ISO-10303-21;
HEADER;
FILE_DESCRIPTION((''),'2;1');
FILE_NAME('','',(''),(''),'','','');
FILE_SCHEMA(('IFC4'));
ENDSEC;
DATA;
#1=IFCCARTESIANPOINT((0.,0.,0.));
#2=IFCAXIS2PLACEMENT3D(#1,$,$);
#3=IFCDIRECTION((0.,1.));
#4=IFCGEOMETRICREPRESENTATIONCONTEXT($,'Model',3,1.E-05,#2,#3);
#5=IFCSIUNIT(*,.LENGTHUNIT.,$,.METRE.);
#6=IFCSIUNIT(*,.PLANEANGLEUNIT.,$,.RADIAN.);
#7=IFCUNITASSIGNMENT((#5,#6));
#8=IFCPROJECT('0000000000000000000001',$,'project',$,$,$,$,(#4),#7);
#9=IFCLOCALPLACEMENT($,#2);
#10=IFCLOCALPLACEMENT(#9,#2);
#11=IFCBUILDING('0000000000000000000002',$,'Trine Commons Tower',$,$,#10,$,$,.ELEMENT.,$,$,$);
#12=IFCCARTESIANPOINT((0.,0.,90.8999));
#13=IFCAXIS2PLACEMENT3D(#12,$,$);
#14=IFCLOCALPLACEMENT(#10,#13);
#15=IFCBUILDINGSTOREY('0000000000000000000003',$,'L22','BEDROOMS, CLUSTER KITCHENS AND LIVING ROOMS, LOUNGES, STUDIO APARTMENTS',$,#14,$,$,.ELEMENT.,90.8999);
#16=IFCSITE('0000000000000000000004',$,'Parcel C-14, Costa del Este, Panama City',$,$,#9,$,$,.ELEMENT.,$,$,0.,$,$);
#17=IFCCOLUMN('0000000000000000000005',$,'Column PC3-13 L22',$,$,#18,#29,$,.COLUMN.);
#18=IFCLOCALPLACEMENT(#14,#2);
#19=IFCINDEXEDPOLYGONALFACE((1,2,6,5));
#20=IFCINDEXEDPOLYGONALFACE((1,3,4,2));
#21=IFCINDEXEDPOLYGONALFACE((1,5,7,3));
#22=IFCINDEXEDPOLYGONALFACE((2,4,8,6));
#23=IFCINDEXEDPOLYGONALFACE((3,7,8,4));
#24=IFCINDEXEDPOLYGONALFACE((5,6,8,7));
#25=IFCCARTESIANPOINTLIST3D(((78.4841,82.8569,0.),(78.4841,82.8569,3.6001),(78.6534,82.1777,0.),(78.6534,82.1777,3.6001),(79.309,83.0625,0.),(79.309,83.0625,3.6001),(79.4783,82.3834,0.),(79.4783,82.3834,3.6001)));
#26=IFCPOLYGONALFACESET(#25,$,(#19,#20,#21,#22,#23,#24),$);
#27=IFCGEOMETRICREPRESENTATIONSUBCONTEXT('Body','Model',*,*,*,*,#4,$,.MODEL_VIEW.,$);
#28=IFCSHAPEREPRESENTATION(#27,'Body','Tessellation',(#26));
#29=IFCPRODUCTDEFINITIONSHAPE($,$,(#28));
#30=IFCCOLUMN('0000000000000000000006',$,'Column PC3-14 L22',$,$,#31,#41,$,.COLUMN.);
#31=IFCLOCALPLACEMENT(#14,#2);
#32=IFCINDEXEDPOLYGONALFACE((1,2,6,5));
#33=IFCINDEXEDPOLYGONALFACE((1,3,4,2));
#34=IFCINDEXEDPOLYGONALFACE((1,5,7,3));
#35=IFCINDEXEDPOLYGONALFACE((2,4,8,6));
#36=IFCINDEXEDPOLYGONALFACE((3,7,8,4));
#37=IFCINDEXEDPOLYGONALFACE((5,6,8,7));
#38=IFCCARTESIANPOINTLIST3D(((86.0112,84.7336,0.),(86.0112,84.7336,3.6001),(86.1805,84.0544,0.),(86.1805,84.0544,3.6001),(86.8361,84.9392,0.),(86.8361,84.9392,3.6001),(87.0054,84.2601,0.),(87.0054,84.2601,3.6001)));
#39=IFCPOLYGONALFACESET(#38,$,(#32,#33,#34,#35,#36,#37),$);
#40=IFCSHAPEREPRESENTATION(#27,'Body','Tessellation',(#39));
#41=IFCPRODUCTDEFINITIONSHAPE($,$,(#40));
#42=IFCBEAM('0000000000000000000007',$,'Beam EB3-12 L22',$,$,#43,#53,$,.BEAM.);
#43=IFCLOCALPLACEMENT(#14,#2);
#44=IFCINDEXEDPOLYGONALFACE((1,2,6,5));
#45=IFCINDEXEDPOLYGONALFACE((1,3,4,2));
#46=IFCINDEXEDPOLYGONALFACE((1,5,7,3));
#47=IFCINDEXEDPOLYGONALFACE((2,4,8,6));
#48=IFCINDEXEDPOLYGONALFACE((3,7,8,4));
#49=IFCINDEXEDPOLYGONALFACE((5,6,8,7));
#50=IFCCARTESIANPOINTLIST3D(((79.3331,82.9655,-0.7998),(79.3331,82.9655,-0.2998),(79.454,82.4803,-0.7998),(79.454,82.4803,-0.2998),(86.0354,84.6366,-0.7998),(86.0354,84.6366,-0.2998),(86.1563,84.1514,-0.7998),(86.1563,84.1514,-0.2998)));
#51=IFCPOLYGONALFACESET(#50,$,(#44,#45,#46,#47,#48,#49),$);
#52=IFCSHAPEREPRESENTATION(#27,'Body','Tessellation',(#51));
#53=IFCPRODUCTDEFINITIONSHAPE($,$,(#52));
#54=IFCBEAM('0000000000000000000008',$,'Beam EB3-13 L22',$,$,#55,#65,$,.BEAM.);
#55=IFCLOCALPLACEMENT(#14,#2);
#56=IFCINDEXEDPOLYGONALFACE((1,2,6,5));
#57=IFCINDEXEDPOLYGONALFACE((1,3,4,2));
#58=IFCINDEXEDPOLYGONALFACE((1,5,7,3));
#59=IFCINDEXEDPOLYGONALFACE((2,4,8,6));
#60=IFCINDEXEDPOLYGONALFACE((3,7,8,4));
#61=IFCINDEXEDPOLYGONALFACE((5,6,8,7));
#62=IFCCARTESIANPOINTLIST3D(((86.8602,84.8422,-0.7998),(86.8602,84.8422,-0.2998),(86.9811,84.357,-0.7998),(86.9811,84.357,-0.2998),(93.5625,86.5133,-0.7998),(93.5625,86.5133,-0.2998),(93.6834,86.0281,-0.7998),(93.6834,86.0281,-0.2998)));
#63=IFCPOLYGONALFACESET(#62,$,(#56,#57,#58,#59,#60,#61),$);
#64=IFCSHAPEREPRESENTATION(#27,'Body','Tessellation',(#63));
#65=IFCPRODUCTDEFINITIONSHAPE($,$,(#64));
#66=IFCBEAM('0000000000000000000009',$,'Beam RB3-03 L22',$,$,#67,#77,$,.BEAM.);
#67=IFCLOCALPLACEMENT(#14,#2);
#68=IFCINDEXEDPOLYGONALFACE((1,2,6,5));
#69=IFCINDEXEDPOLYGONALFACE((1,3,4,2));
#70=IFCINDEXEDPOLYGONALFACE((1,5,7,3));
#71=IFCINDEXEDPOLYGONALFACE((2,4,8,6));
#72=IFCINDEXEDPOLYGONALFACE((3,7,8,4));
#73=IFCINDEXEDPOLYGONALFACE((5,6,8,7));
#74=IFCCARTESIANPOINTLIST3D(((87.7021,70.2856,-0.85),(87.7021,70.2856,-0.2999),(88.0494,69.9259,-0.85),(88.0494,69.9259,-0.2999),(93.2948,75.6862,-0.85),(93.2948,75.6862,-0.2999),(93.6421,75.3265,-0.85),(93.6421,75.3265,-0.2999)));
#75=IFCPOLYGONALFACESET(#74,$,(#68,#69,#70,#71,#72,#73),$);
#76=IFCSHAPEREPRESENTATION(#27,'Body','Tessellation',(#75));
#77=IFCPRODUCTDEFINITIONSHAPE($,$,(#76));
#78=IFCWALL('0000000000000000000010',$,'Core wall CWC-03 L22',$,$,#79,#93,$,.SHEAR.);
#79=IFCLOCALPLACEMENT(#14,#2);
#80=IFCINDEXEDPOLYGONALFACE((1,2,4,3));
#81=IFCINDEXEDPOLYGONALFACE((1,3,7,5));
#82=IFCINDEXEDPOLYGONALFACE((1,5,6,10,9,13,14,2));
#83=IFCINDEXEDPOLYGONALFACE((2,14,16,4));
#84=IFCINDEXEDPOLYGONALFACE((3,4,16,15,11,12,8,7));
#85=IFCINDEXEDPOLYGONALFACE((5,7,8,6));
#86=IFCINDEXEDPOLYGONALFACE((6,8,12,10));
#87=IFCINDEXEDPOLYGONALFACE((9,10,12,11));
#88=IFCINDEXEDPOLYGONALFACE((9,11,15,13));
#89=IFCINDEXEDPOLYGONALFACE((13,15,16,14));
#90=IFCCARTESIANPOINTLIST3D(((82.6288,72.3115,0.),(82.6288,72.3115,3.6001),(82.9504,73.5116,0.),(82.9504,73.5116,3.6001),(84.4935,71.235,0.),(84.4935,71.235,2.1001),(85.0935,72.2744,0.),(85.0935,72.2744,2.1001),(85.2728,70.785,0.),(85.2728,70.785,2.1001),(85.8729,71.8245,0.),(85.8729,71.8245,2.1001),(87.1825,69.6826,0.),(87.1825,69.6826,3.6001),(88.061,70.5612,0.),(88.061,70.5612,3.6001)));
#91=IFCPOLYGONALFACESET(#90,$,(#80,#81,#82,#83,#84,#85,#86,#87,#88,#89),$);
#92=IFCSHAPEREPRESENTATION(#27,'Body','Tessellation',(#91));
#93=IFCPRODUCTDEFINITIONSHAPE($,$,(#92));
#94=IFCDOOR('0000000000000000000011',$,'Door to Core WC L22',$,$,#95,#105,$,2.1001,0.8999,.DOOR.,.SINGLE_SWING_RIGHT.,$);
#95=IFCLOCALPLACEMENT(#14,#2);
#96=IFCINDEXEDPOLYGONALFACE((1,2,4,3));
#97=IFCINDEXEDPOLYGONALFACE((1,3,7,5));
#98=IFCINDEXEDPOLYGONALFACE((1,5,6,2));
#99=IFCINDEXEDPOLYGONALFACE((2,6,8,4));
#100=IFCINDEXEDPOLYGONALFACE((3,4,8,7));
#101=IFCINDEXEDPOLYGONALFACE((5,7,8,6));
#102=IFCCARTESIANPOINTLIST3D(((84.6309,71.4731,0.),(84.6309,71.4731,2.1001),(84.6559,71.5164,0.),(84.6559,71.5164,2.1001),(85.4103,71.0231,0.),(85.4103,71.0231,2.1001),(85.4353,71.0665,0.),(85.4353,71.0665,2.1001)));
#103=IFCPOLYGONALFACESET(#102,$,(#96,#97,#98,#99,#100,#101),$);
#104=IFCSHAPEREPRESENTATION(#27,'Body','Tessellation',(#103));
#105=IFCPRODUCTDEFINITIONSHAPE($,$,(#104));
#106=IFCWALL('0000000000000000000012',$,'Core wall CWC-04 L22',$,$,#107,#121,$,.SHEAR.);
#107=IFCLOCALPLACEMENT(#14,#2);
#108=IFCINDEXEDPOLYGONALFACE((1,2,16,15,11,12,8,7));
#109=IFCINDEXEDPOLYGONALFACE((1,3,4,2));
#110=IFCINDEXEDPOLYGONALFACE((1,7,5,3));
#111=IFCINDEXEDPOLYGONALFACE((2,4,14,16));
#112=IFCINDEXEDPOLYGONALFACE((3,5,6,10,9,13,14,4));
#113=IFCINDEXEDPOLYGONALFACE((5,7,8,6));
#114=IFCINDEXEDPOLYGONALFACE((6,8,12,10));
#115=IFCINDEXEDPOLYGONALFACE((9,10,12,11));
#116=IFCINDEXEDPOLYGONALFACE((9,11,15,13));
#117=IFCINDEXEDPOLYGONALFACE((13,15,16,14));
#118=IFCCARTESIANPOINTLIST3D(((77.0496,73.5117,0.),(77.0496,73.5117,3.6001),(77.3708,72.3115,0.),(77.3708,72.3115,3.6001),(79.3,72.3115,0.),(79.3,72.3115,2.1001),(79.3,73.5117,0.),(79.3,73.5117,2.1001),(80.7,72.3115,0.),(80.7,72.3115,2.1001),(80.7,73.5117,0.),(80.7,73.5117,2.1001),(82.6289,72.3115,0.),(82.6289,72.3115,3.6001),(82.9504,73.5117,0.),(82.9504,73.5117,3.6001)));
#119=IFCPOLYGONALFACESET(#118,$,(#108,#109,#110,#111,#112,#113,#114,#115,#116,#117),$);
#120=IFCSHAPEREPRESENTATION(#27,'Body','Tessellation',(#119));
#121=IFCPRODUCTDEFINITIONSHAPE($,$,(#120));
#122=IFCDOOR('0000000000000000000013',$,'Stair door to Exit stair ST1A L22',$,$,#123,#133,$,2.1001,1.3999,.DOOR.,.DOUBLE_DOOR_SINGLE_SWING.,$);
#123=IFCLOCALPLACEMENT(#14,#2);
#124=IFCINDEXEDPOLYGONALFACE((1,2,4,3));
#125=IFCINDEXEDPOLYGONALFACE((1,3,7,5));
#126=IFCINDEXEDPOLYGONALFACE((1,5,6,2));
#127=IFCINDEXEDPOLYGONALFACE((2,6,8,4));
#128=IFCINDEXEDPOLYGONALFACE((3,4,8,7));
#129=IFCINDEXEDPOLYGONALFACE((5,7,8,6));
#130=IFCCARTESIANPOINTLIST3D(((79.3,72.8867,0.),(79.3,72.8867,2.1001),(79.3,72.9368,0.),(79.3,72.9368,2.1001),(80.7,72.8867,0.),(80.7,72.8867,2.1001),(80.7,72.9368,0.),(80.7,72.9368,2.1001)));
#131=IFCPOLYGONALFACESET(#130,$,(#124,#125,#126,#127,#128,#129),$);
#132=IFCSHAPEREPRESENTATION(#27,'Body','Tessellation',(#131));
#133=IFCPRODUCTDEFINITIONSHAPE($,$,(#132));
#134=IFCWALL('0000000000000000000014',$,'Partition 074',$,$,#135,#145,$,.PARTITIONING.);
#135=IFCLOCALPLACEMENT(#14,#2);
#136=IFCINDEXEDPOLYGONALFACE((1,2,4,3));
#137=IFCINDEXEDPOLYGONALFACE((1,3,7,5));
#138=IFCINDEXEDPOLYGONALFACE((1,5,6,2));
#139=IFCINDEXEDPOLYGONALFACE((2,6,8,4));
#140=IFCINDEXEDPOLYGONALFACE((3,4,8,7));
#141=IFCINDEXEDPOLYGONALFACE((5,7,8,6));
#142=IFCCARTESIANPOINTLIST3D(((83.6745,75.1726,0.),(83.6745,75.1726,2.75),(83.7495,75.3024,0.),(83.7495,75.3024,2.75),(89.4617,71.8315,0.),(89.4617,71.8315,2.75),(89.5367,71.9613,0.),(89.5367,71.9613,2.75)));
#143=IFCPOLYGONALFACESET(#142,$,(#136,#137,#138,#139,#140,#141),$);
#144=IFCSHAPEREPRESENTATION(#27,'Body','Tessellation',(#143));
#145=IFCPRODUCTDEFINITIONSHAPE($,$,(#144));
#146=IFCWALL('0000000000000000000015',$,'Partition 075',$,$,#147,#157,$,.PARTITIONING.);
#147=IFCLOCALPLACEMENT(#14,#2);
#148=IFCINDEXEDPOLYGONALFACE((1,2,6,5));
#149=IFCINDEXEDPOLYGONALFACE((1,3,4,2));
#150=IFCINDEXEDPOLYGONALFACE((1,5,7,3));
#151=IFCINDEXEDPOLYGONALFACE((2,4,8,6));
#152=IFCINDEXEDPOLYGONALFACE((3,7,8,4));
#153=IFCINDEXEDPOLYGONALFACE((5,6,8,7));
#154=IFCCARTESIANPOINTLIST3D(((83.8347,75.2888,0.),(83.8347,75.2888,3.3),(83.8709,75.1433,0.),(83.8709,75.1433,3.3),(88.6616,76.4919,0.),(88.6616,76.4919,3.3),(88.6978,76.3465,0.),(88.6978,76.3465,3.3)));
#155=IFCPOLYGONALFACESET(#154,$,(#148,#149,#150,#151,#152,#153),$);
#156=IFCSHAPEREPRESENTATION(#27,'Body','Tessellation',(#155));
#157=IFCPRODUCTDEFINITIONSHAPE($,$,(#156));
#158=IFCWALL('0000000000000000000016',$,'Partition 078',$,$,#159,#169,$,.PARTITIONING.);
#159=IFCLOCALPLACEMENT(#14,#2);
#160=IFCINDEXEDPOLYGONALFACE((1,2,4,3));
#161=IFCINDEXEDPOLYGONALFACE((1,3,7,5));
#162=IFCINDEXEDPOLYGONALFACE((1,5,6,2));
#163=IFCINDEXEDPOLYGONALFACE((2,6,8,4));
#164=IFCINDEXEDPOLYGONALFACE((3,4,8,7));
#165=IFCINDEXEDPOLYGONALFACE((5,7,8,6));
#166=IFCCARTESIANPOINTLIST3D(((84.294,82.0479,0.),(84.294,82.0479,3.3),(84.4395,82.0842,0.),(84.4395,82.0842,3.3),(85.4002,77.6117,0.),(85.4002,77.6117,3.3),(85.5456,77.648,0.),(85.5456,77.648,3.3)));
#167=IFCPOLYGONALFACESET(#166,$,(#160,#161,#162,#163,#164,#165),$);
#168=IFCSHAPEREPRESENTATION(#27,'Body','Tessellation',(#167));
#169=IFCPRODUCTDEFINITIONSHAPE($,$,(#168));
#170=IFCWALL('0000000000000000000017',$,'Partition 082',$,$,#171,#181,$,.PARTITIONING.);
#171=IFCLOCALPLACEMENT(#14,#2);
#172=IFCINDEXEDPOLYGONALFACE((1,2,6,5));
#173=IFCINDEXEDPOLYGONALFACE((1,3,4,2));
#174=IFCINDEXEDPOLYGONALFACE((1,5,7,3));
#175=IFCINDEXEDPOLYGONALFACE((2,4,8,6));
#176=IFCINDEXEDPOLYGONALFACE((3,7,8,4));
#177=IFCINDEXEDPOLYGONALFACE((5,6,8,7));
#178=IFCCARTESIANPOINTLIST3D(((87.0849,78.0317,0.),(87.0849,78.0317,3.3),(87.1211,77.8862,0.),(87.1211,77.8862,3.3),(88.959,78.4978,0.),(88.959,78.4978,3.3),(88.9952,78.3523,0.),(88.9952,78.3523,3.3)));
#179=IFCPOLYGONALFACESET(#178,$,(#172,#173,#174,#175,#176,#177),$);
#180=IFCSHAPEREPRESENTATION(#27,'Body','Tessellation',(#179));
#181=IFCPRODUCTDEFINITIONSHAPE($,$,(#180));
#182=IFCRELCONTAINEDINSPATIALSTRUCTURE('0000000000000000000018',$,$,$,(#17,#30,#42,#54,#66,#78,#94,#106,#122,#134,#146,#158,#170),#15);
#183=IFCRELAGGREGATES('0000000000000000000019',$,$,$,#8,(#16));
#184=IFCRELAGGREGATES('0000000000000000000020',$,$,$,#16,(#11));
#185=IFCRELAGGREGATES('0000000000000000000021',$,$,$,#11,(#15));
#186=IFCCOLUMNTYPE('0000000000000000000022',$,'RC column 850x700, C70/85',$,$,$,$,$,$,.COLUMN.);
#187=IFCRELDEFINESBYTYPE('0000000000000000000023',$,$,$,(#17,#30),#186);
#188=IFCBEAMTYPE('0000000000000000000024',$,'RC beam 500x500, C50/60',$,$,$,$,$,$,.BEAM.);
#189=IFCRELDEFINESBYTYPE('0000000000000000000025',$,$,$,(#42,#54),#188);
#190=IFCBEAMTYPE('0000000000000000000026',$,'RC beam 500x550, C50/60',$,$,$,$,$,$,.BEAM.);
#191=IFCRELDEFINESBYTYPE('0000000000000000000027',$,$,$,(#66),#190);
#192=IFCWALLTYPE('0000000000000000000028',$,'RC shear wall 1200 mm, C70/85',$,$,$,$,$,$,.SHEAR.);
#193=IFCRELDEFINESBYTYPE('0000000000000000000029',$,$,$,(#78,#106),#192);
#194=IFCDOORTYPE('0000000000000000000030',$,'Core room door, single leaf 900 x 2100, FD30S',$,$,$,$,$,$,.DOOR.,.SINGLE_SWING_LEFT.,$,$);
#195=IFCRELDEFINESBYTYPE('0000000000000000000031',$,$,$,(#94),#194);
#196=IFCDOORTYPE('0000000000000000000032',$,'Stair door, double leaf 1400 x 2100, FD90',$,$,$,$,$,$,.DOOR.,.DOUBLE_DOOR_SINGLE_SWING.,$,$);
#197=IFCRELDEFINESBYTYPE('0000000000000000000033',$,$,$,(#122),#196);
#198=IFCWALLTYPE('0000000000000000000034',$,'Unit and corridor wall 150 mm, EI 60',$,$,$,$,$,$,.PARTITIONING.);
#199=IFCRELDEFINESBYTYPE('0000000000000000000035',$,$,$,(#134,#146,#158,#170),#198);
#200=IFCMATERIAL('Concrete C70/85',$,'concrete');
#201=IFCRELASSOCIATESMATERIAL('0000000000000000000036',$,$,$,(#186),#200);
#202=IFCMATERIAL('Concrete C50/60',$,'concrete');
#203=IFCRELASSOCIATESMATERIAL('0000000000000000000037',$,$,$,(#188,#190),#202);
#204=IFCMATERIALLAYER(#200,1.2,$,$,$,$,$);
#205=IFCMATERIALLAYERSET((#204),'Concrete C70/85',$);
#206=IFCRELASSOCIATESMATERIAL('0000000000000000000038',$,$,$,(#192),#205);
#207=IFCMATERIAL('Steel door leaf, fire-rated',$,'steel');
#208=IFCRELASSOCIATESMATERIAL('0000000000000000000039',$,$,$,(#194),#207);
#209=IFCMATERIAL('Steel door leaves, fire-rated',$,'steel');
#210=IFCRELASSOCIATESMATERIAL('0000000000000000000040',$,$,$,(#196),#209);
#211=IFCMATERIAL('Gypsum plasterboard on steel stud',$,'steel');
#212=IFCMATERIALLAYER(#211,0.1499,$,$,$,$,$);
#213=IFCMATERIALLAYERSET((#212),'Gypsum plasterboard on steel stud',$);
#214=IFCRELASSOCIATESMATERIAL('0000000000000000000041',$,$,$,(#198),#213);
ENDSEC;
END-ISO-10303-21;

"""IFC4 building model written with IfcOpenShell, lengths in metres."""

from ifc_helpers import new_model, si_unit, direction, frame, frame_2d, origin, origin_2d, place, context, subcontext, project, spatial, polyline, rectangle, outline, extrude, material, layer, layer_set, material_profile, profile_set, type_object, element, fill, save


model = new_model("IFC4")

# Units and contexts
model_context = context("Model", 3, precision=1e-05, world=origin(), true_north=direction((0.0, 1.0)))
body_context = subcontext(model_context, "Body", "Model", "MODEL_VIEW")
ifc_project = project(units=[si_unit("LENGTHUNIT", "METRE"), si_unit("PLANEANGLEUNIT", "RADIAN")], contexts=[model_context])

# Site, building, storey
site_placement = place(None, origin())
site = spatial("IfcSite", under=ifc_project, at=site_placement, Name="Parcel C-14, Costa del Este, Panama City", CompositionType="ELEMENT", RefElevation=0.0)
building_placement = place(site_placement, origin())
building = spatial("IfcBuilding", under=site, at=building_placement, Name="Trine Commons Tower", CompositionType="ELEMENT")
storey_placement = place(building_placement, frame((0.0, 0.0, 90.8999)))
storey = spatial("IfcBuildingStorey", under=building, at=storey_placement, Name="L22", Description="BEDROOMS, CLUSTER KITCHENS AND LIVING ROOMS, LOUNGES, STUDIO APARTMENTS", CompositionType="ELEMENT", Elevation=90.8999)

# Columns
ifc_material_1 = material(Name="Concrete C70/85", Category="concrete")
ifc_material_profile_1 = material_profile(ifc_material_1, rectangle(XDim=0.8501, YDim=0.7, at=origin_2d()), Name="RC 850x700")
ifc_profile_set_1 = profile_set([ifc_material_profile_1], Name="Concrete C70/85")
column_type = type_object("IfcColumnType", Name="RC column 850x700, C70/85", PredefinedType="COLUMN", material=ifc_profile_set_1)
for number, where, z_axis, x_axis, name in (
    (1, (78.9812, 82.6201, 0.0), (0.0, 0.0, 1.0), (0.970296, 0.241922, 0.0), "Column PC3-13 L22"),
    (2, (86.5083, 84.4968, 0.0), (0.0, 0.0, 1.0), (0.970296, 0.241922, 0.0), "Column PC3-14 L22"),
):
    element("IfcColumn", number, at=place(storey_placement, frame(where, z_axis=z_axis, x_axis=x_axis)), inside=storey, type_object=column_type, Name=name, PredefinedType="COLUMN", context=body_context, shape_type="SweptSolid", body=[
        extrude(rectangle(XDim=0.8501, YDim=0.7, at=origin_2d()), origin(), (0.0, 0.0, 1.0), 3.6001),
    ])

# Beams
ifc_material_2 = material(Name="Concrete C50/60", Category="concrete")
ifc_material_profile_2 = material_profile(ifc_material_2, rectangle(XDim=0.5, YDim=0.5, at=origin_2d()), Name="RC 500x500")
ifc_profile_set_2 = profile_set([ifc_material_profile_2], Name="Concrete C50/60")
beam_type_1 = type_object("IfcBeamType", Name="RC beam 500x500, C50/60", PredefinedType="BEAM", material=ifc_profile_set_2)
for number, where, z_axis, x_axis, name in (
    (3, (79.3936, 82.7229, -0.5498), (0.970294, 0.241928, 0.0), (-0.241928, 0.970294, 0.0), "Beam EB3-12 L22"),
    (4, (86.9207, 84.5996, -0.5498), (0.970294, 0.241928, 0.0), (-0.241928, 0.970294, 0.0), "Beam EB3-13 L22"),
):
    element("IfcBeam", number, at=place(storey_placement, frame(where, z_axis=z_axis, x_axis=x_axis)), inside=storey, type_object=beam_type_1, Name=name, PredefinedType="BEAM", context=body_context, shape_type="SweptSolid", body=[
        extrude(rectangle(XDim=0.5, YDim=0.5, at=origin_2d()), origin(), (0.0, 0.0, 1.0), 6.9075),
    ])
ifc_material_profile_3 = material_profile(ifc_material_2, rectangle(XDim=0.5, YDim=0.55, at=origin_2d()), Name="RC 500x550")
ifc_profile_set_3 = profile_set([ifc_material_profile_3], Name="Concrete C50/60")
beam_type_2 = type_object("IfcBeamType", Name="RC beam 500x550, C50/60", PredefinedType="BEAM", material=ifc_profile_set_3)
beam_placement = place(storey_placement, frame((87.8757, 70.1057, -0.575), z_axis=(0.719355, 0.694642, 0.0), x_axis=(-0.694642, 0.719355, 0.0)))
element("IfcBeam", 5, at=beam_placement, inside=storey, type_object=beam_type_2, Name="Beam RB3-03 L22", PredefinedType="BEAM", context=body_context, shape_type="SweptSolid", body=[
    extrude(rectangle(XDim=0.5, YDim=0.55, at=origin_2d()), origin(), (0.0, 0.0, 1.0), 7.7747),
])

# Walls, openings, doors
ifc_layer_1 = layer(ifc_material_1, 1.2)
ifc_layer_set_1 = layer_set([ifc_layer_1], Name="Concrete C70/85")
wall_type_1 = type_object("IfcWallType", Name="RC shear wall 1200 mm, C70/85", PredefinedType="SHEAR", material=ifc_layer_set_1)
wall_1_placement = place(storey_placement, frame((87.761, 70.0415, 0.0), z_axis=(0.0, 0.0, 1.0), x_axis=(-0.866037, 0.499979, 0.0)))
wall_1 = element("IfcWall", 6, at=wall_1_placement, inside=storey, type_object=wall_type_1, Name="Core wall CWC-03 L22", PredefinedType="SHEAR", context=body_context, shape_type="SweptSolid", body=[
    extrude(outline(polyline([(0.0, -0.6001), (5.9011, -0.6001), (5.5796, 0.6001), (0.3215, 0.6001), (0.0, -0.6001)])), origin(), (0.0, 0.0, 1.0), 3.6001),
])
opening_1_placement = place(wall_1_placement, frame((2.5266, 0.0, 0.0)))
opening_1 = element("IfcOpeningElement", 7, at=opening_1_placement, cuts=wall_1, PredefinedType="OPENING", context=body_context, shape_type="SweptSolid", body=[
    extrude(rectangle(XDim=0.8999, YDim=2.1001, at=frame_2d((0.45, 1.05))), frame((0.0, 0.6099, 0.0), z_axis=(0.0, -1.0, 0.0), x_axis=(1.0, 0.0, 0.0)), (0.0, 0.0, 1.0), 1.22),
])
ifc_material_3 = material(Name="Steel door leaf, fire-rated", Category="steel")
door_type_1 = type_object("IfcDoorType", Name="Core room door, single leaf 900 x 2100, FD30S", OperationType="SINGLE_SWING_LEFT", PredefinedType="DOOR", material=ifc_material_3)
door_1_placement = place(opening_1_placement, origin())
door_1 = element("IfcDoor", 8, at=door_1_placement, inside=storey, type_object=door_type_1, Name="Door to Core WC L22", OperationType="SINGLE_SWING_RIGHT", OverallHeight=2.1001, OverallWidth=0.8999, PredefinedType="DOOR", context=body_context, shape_type="SweptSolid", body=[
    extrude(rectangle(XDim=0.8999, YDim=2.1001, at=frame_2d((0.45, 1.05))), frame((0.0, 0.3252, 0.0), z_axis=(0.0, -1.0, 0.0), x_axis=(1.0, 0.0, 0.0)), (0.0, 0.0, 1.0), 0.05),
])
fill(opening_1, door_1)
wall_2_placement = place(storey_placement, frame((82.9504, 72.9116, 0.0), z_axis=(0.0, 0.0, 1.0), x_axis=(-1.0, 0.0, 0.0)))
wall_2 = element("IfcWall", 9, at=wall_2_placement, inside=storey, type_object=wall_type_1, Name="Core wall CWC-04 L22", PredefinedType="SHEAR", context=body_context, shape_type="SweptSolid", body=[
    extrude(outline(polyline([(0.0, -0.6001), (5.9009, -0.6001), (5.5796, 0.6001), (0.3215, 0.6001), (0.0, -0.6001)])), origin(), (0.0, 0.0, 1.0), 3.6001),
])
opening_2_placement = place(wall_2_placement, frame((2.2505, 0.0, 0.0)))
opening_2 = element("IfcOpeningElement", 10, at=opening_2_placement, cuts=wall_2, PredefinedType="OPENING", context=body_context, shape_type="SweptSolid", body=[
    extrude(rectangle(XDim=1.3999, YDim=2.1001, at=frame_2d((0.7, 1.05))), frame((0.0, 0.6099, 0.0), z_axis=(0.0, -1.0, 0.0), x_axis=(1.0, 0.0, 0.0)), (0.0, 0.0, 1.0), 1.22),
])
ifc_material_4 = material(Name="Steel door leaves, fire-rated", Category="steel")
door_type_2 = type_object("IfcDoorType", Name="Stair door, double leaf 1400 x 2100, FD90", OperationType="DOUBLE_DOOR_SINGLE_SWING", PredefinedType="DOOR", material=ifc_material_4)
door_2_placement = place(opening_2_placement, origin())
door_2 = element("IfcDoor", 11, at=door_2_placement, inside=storey, type_object=door_type_2, Name="Stair door to Exit stair ST1A L22", OperationType="DOUBLE_DOOR_SINGLE_SWING", OverallHeight=2.1001, OverallWidth=1.3999, PredefinedType="DOOR", context=body_context, shape_type="SweptSolid", body=[
    extrude(rectangle(XDim=1.3999, YDim=2.1001, at=frame_2d((0.7, 1.05))), frame((0.0, 0.0249, 0.0), z_axis=(0.0, -1.0, 0.0), x_axis=(1.0, 0.0, 0.0)), (0.0, 0.0, 1.0), 0.05),
])
fill(opening_2, door_2)

# Walls
ifc_material_5 = material(Name="Gypsum plasterboard on steel stud", Category="steel")
ifc_layer_2 = layer(ifc_material_5, 0.1499)
ifc_layer_set_2 = layer_set([ifc_layer_2], Name="Gypsum plasterboard on steel stud")
wall_type_2 = type_object("IfcWallType", Name="Unit and corridor wall 150 mm, EI 60", PredefinedType="PARTITIONING", material=ifc_layer_set_2)
wall_3_placement = place(storey_placement, frame((83.7119, 75.2375, 0.0), z_axis=(0.0, 0.0, 1.0), x_axis=(0.866033, -0.499986, 0.0)))
element("IfcWall", 12, at=wall_3_placement, inside=storey, type_object=wall_type_2, Name="Partition 074", PredefinedType="PARTITIONING", context=body_context, shape_type="SweptSolid", body=[
    extrude(rectangle(XDim=6.6824, YDim=0.1499, at=frame_2d((3.3413, 0.0))), origin(), (0.0, 0.0, 1.0), 2.75),
])
wall_4_placement = place(storey_placement, frame((83.8528, 75.2161, 0.0), z_axis=(0.0, 0.0, 1.0), x_axis=(0.970313, 0.241854, 0.0)))
element("IfcWall", 13, at=wall_4_placement, inside=storey, type_object=wall_type_2, Name="Partition 075", PredefinedType="PARTITIONING", context=body_context, shape_type="SweptSolid", body=[
    extrude(rectangle(XDim=4.9746, YDim=0.1499, at=frame_2d((2.4873, 0.0))), origin(), (0.0, 0.0, 1.0), 3.3),
])
wall_5_placement = place(storey_placement, frame((84.3667, 82.0662, 0.0), z_axis=(0.0, 0.0, 1.0), x_axis=(0.241945, -0.97029, 0.0)))
element("IfcWall", 14, at=wall_5_placement, inside=storey, type_object=wall_type_2, Name="Partition 078", PredefinedType="PARTITIONING", context=body_context, shape_type="SweptSolid", body=[
    extrude(rectangle(XDim=4.572, YDim=0.1499, at=frame_2d((2.2861, 0.0))), origin(), (0.0, 0.0, 1.0), 3.3),
])
wall_6_placement = place(storey_placement, frame((87.103, 77.959, 0.0), z_axis=(0.0, 0.0, 1.0), x_axis=(0.970439, 0.241346, 0.0)))
element("IfcWall", 15, at=wall_6_placement, inside=storey, type_object=wall_type_2, Name="Partition 082", PredefinedType="PARTITIONING", context=body_context, shape_type="SweptSolid", body=[
    extrude(rectangle(XDim=1.9312, YDim=0.1499, at=frame_2d((0.9656, 0.0))), origin(), (0.0, 0.0, 1.0), 3.3),
])

save(model, "model.ifc")
